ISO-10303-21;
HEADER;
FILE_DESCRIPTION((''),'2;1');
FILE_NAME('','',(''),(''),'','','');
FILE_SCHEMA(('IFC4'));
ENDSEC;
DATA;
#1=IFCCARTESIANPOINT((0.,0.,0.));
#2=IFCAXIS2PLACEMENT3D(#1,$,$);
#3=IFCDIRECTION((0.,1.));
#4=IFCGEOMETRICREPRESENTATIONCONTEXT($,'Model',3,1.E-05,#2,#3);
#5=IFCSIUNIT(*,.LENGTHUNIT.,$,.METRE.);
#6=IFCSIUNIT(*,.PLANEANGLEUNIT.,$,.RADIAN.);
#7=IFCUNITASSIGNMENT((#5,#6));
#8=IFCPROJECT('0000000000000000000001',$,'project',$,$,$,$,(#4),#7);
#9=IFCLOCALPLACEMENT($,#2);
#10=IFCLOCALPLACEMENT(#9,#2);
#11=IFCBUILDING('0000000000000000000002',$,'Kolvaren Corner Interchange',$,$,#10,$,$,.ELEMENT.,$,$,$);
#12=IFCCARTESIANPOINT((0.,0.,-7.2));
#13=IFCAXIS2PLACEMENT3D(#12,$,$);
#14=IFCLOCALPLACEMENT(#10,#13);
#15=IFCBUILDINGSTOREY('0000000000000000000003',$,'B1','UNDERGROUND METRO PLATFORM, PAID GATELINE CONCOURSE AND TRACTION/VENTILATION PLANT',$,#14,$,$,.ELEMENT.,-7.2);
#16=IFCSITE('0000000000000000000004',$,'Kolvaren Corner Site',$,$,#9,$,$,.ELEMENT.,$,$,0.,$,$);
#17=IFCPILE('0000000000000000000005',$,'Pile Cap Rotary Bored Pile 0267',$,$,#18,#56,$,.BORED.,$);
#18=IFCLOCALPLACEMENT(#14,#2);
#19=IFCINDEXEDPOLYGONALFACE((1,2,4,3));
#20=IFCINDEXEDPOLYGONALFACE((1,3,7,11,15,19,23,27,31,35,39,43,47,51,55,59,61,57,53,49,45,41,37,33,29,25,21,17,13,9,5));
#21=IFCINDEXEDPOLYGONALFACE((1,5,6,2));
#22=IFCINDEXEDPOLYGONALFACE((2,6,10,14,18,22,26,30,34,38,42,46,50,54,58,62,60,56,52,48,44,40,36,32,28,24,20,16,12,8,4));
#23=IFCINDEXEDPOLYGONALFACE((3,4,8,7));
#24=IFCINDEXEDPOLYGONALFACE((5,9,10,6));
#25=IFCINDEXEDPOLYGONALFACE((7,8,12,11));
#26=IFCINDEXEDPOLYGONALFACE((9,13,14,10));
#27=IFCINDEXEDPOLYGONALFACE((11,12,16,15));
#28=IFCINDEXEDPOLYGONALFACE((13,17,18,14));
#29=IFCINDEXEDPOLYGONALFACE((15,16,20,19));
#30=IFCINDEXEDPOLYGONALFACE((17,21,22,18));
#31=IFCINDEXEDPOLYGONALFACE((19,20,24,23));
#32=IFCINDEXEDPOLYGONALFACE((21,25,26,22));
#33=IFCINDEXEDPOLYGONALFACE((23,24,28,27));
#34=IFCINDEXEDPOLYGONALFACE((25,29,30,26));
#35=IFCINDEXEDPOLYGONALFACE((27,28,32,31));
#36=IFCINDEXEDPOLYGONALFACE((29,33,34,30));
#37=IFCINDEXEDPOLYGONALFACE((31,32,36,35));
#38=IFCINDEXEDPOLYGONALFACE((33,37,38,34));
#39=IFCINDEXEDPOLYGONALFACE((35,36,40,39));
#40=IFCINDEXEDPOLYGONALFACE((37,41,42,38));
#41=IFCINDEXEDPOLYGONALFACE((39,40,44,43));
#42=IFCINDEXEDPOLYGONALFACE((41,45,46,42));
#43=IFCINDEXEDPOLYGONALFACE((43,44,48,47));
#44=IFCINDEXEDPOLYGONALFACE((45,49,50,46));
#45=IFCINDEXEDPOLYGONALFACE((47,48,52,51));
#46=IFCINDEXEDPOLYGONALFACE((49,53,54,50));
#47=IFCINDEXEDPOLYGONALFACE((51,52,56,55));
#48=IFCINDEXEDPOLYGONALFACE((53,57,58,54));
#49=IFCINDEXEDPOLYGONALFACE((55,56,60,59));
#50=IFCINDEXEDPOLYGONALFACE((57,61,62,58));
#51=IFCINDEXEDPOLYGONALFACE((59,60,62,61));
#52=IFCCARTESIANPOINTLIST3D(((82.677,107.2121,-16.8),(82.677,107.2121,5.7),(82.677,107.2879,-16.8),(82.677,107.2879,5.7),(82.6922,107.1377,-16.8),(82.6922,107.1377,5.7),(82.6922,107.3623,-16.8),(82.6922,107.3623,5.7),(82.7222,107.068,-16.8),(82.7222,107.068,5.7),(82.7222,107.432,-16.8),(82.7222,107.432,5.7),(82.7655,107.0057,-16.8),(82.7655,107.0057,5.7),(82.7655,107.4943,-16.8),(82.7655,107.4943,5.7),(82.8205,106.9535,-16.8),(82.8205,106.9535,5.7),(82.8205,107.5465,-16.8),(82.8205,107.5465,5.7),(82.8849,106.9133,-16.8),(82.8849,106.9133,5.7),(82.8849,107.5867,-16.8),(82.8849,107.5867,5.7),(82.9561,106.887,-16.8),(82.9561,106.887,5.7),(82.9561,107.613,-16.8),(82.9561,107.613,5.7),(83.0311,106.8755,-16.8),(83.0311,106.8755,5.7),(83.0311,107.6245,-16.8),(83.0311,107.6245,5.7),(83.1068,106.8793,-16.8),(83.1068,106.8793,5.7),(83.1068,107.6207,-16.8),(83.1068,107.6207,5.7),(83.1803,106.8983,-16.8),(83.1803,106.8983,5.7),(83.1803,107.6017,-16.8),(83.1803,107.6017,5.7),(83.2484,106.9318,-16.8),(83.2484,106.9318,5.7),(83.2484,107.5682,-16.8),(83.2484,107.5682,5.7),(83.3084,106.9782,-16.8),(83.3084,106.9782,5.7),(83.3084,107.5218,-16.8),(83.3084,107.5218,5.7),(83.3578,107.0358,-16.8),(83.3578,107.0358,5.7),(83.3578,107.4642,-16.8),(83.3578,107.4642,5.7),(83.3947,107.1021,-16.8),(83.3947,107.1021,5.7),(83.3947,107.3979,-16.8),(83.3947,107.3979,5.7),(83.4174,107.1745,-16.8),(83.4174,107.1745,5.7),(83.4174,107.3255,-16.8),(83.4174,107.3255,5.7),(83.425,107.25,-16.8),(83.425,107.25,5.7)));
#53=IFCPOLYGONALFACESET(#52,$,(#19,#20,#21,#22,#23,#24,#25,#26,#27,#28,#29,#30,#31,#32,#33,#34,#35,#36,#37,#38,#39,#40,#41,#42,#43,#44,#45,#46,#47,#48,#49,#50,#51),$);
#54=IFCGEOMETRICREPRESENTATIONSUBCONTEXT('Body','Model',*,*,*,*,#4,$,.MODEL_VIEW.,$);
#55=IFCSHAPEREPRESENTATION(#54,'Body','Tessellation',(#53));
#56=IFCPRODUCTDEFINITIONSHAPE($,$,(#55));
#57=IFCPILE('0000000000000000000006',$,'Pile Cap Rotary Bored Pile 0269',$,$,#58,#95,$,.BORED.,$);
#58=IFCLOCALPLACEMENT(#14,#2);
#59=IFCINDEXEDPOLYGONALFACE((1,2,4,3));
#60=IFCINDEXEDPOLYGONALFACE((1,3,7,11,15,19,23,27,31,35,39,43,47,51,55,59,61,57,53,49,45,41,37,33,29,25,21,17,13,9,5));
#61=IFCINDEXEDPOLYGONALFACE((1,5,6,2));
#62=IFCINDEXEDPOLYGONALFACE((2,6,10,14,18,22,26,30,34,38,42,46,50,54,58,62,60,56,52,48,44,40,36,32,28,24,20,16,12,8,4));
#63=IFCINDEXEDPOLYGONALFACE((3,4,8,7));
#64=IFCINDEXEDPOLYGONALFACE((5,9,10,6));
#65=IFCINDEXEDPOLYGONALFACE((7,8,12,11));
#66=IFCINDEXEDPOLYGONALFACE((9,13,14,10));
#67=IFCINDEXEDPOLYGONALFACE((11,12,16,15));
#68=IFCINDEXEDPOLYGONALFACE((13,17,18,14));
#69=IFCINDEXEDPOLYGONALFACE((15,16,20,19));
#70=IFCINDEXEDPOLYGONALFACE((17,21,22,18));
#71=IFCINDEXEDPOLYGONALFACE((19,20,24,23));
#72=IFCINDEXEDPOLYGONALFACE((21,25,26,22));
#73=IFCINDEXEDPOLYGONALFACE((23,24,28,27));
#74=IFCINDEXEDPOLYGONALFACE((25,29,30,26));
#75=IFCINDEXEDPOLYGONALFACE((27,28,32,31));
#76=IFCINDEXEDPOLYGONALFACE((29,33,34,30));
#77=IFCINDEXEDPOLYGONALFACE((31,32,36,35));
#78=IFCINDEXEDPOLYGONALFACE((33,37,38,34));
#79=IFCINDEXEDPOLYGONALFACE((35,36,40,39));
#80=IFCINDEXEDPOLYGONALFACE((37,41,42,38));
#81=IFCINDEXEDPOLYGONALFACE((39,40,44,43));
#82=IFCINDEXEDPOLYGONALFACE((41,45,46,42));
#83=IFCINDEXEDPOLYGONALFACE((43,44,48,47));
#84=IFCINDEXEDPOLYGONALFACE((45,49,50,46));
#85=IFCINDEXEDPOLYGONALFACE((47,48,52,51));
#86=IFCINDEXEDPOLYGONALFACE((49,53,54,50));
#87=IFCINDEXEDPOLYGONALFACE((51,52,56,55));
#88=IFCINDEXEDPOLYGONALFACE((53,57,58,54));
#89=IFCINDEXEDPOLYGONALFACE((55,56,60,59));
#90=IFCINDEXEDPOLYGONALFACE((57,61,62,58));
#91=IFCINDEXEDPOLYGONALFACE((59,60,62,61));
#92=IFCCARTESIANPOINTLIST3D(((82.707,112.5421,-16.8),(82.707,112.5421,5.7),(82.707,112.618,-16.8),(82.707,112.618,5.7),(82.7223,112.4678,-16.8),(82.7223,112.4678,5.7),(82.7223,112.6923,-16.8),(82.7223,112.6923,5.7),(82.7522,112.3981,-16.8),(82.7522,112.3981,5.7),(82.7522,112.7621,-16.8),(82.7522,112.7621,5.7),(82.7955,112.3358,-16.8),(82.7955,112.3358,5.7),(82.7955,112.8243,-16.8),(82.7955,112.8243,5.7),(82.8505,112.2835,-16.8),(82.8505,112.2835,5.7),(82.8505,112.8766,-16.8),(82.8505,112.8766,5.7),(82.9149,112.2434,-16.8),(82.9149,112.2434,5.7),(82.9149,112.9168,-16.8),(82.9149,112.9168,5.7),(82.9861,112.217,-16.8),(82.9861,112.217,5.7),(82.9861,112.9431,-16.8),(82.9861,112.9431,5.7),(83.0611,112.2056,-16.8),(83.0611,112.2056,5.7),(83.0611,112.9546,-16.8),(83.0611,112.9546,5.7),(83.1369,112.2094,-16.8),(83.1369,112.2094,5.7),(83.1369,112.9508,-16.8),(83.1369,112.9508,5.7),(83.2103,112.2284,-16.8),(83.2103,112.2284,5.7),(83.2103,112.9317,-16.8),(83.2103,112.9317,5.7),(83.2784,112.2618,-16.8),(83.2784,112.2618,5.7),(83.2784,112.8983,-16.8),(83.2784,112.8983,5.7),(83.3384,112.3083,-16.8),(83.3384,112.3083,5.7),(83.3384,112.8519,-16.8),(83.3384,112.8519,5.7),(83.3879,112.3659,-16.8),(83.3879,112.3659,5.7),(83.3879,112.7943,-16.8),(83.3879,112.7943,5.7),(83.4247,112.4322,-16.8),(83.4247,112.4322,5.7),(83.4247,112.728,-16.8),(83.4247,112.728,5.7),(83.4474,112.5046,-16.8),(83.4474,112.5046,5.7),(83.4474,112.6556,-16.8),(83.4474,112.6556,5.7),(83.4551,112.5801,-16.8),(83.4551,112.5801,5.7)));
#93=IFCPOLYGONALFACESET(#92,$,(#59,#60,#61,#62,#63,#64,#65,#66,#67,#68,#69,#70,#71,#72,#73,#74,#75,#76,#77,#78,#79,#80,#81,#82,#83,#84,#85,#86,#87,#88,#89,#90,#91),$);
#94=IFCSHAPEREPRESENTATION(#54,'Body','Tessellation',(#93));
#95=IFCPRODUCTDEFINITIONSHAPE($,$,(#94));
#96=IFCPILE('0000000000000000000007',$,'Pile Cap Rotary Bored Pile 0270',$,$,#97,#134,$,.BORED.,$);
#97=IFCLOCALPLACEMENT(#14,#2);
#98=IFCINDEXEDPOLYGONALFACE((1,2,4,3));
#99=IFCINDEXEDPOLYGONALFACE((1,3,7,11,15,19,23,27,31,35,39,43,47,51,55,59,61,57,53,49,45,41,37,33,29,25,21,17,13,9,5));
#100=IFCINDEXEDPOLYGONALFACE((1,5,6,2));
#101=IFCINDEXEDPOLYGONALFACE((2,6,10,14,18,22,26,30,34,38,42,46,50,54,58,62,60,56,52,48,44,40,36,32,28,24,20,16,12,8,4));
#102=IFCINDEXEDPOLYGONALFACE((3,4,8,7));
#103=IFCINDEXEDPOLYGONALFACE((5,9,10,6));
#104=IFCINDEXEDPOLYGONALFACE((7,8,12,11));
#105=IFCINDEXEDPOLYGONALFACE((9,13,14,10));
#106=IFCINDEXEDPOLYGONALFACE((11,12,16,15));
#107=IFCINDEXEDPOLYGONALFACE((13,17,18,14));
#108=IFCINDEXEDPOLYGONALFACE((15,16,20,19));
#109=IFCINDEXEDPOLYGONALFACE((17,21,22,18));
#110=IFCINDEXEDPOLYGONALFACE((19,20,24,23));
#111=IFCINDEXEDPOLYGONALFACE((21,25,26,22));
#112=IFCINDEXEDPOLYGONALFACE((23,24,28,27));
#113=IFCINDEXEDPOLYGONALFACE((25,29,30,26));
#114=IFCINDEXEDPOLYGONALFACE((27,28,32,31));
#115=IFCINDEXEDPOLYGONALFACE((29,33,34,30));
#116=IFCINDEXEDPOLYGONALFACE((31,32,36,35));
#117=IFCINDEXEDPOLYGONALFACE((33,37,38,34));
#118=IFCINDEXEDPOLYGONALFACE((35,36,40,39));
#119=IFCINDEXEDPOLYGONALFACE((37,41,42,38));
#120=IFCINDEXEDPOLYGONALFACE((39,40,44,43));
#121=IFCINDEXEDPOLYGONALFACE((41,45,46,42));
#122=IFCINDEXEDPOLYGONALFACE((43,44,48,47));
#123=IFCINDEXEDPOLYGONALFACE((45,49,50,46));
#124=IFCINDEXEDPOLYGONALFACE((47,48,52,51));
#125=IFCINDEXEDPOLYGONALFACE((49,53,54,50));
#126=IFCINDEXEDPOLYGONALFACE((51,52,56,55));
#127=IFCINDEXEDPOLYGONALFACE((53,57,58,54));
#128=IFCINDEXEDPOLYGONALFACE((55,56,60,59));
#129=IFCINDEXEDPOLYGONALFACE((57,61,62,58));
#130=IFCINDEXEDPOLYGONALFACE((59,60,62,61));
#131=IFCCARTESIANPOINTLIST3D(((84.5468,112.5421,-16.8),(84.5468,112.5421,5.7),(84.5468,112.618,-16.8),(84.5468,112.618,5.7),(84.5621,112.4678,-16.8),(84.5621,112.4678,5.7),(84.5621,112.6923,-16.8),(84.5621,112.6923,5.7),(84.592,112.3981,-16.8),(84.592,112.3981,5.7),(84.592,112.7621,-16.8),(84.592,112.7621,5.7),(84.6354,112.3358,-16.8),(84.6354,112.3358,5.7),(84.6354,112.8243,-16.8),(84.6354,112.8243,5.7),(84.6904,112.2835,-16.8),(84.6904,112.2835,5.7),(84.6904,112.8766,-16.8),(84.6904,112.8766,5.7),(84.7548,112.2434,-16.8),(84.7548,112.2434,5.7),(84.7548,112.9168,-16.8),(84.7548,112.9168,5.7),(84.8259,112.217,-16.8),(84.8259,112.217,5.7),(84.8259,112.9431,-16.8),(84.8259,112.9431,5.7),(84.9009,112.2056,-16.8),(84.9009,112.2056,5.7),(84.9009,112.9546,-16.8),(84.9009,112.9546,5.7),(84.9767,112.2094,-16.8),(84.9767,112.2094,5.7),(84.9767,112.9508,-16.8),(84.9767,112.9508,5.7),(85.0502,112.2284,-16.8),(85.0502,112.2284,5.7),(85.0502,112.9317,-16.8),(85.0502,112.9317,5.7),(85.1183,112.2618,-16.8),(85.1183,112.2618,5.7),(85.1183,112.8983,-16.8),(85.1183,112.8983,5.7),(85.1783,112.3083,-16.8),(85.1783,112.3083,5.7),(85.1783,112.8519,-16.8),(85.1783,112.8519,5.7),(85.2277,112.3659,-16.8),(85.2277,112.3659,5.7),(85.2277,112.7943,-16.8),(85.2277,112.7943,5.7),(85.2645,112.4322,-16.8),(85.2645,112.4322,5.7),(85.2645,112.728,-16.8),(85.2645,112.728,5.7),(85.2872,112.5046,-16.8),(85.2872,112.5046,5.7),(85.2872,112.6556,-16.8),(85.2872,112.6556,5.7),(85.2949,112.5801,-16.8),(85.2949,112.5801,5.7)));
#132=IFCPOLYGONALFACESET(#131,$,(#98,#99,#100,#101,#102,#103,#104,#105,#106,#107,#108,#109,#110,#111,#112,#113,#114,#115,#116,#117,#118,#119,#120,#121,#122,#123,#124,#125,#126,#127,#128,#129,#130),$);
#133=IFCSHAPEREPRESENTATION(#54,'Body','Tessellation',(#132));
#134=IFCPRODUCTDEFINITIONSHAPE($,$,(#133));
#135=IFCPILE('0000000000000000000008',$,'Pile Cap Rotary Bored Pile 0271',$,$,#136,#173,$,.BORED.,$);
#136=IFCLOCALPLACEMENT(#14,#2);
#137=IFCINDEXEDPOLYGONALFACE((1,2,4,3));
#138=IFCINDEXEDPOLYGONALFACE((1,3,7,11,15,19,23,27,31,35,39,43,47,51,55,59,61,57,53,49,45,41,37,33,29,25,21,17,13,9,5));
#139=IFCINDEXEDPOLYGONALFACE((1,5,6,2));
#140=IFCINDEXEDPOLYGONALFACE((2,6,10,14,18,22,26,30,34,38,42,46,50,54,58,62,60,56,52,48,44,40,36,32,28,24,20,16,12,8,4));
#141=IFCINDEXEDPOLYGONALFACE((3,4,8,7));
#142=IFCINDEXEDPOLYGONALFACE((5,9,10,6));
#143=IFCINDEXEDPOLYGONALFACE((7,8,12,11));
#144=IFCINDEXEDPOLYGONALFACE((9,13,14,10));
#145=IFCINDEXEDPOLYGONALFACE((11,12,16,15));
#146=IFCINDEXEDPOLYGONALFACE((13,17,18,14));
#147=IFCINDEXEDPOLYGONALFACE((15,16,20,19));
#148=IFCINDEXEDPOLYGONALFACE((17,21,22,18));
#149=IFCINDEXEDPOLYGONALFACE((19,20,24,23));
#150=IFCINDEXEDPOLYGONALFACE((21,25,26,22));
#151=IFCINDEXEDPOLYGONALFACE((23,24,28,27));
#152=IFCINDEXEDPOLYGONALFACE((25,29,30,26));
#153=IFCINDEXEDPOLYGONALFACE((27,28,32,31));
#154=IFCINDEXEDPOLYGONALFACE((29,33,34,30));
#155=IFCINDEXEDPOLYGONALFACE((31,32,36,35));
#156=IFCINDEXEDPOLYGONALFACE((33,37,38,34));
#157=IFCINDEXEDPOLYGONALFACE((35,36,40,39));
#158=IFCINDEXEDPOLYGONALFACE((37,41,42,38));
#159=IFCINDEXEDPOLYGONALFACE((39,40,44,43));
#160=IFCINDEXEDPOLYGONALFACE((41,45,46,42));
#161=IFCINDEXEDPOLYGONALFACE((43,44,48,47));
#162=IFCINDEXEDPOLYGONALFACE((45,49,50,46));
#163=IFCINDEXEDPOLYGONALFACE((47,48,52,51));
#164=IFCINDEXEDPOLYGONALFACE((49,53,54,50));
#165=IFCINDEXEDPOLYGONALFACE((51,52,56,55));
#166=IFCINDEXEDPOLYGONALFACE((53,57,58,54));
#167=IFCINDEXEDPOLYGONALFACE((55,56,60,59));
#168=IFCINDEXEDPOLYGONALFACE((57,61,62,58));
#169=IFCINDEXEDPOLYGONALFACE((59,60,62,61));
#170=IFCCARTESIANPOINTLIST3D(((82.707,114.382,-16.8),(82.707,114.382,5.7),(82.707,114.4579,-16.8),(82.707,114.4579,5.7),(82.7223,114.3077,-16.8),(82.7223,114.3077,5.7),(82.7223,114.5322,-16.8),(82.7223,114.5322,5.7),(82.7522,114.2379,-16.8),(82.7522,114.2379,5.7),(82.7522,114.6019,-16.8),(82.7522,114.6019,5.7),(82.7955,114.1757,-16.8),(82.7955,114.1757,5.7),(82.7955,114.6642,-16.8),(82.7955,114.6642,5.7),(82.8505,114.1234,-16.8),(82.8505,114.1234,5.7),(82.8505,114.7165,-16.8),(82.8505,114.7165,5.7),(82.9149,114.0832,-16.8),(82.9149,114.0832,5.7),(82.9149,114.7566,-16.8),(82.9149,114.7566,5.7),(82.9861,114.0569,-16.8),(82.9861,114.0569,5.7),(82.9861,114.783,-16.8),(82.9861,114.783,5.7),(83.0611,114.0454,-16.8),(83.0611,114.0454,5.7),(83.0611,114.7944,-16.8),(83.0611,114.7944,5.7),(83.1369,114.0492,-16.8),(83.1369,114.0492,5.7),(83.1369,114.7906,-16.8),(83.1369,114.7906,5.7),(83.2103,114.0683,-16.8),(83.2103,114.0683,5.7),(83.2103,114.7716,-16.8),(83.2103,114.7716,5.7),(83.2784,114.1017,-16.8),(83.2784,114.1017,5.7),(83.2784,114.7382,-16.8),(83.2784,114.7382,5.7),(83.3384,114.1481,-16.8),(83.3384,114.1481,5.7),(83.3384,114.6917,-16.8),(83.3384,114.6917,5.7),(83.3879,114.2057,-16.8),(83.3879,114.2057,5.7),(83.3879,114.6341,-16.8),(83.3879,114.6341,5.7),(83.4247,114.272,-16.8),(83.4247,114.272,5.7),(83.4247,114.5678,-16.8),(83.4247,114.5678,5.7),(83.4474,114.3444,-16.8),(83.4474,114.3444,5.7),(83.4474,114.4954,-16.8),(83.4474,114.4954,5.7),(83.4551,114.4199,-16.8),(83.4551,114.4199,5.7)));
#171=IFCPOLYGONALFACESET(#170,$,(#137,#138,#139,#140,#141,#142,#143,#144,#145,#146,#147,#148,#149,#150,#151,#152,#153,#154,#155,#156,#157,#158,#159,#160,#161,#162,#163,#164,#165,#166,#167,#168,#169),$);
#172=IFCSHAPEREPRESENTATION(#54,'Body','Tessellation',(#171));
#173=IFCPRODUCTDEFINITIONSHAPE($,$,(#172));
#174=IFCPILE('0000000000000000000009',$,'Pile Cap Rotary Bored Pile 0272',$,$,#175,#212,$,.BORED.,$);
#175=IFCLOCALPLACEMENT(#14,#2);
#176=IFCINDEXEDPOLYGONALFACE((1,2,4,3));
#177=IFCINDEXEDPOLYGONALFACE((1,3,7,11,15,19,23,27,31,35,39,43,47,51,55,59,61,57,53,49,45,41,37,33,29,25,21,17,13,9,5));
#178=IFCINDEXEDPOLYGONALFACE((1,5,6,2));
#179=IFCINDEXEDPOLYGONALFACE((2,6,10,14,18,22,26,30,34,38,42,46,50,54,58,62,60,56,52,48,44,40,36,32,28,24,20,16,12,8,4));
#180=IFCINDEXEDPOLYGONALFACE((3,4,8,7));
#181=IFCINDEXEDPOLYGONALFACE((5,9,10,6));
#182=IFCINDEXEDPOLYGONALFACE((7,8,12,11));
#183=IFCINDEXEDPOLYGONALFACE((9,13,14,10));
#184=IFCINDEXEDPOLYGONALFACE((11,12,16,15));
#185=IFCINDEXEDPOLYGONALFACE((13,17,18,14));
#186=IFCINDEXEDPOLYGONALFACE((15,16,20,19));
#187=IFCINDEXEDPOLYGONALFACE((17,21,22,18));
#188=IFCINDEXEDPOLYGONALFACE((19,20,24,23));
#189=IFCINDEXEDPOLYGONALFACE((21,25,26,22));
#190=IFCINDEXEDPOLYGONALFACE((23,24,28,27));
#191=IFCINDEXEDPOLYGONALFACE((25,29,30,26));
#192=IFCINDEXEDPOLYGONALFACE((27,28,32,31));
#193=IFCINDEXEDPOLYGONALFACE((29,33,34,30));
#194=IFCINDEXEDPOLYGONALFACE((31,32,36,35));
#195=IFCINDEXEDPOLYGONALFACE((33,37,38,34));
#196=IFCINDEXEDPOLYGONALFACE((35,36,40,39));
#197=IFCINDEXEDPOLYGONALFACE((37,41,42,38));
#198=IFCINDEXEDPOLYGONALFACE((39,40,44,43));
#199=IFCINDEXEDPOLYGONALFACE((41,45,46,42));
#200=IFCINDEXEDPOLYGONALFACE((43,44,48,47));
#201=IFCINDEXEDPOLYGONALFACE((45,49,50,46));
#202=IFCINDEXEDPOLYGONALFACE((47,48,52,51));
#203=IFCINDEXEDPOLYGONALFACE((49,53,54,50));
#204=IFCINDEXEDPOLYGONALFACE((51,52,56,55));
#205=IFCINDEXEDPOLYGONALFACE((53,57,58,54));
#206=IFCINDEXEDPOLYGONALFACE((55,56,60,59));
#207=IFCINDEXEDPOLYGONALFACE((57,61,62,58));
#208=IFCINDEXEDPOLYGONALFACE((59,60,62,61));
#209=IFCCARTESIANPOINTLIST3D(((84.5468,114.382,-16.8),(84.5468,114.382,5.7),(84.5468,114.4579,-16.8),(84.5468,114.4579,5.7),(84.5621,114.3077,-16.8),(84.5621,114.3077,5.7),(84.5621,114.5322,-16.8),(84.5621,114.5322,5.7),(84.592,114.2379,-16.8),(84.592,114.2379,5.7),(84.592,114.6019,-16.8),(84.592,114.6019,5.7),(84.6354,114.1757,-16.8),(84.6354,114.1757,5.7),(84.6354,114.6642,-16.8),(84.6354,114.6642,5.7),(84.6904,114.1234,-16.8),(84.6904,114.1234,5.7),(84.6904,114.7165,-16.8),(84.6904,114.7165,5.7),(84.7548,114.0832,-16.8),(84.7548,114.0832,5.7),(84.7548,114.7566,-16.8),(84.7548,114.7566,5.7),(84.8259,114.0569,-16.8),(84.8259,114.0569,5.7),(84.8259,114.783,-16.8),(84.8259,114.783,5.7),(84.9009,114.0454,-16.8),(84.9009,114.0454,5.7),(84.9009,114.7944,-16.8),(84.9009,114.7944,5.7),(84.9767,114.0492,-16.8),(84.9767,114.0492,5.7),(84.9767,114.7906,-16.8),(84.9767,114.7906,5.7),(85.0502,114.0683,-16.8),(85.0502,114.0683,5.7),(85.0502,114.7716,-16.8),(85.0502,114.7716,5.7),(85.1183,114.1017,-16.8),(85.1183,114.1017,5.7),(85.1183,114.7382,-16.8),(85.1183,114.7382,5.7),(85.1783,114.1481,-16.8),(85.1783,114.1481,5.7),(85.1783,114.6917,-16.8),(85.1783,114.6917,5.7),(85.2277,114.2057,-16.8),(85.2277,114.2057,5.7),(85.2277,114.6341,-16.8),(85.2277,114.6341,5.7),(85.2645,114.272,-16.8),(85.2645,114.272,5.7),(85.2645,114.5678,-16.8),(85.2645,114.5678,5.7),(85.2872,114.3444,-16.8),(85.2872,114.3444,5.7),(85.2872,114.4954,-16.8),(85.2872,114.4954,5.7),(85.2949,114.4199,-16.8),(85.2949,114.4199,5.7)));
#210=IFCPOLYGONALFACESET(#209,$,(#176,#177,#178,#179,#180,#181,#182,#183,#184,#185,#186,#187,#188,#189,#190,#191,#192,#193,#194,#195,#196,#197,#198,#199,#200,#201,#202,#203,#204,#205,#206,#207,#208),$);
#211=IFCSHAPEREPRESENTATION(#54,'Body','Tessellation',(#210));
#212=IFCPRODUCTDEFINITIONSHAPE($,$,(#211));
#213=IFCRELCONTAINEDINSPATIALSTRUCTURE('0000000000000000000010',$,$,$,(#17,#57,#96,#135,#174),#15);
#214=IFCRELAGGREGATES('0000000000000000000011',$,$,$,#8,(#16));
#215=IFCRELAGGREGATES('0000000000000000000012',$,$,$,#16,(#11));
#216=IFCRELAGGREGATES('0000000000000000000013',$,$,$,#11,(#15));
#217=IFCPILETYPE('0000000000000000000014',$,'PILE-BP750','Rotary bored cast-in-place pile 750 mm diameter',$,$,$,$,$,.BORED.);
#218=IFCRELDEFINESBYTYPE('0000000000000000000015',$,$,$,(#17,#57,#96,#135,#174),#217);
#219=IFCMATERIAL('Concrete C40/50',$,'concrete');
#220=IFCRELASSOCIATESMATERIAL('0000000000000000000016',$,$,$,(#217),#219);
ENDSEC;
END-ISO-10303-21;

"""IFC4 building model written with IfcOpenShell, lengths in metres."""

from ifc_helpers import new_model, si_unit, direction, frame, origin, origin_2d, place, context, subcontext, project, spatial, circle, extrude, material, material_profile, profile_set, type_object, element, save


model = new_model("IFC4")

# Units and contexts
model_context = context("Model", 3, precision=1e-05, world=origin(), true_north=direction((0.0, 1.0)))
body_context = subcontext(model_context, "Body", "Model", "MODEL_VIEW")
ifc_project = project(units=[si_unit("LENGTHUNIT", "METRE"), si_unit("PLANEANGLEUNIT", "RADIAN")], contexts=[model_context])

# Site, building, storey
site_placement = place(None, origin())
site = spatial("IfcSite", under=ifc_project, at=site_placement, Name="Kolvaren Corner Site", CompositionType="ELEMENT", RefElevation=0.0)
building_placement = place(site_placement, origin())
building = spatial("IfcBuilding", under=site, at=building_placement, Name="Kolvaren Corner Interchange", CompositionType="ELEMENT")
storey_placement = place(building_placement, frame((0.0, 0.0, -7.2)))
storey = spatial("IfcBuildingStorey", under=building, at=storey_placement, Name="B1", Description="UNDERGROUND METRO PLATFORM, PAID GATELINE CONCOURSE AND TRACTION/VENTILATION PLANT", CompositionType="ELEMENT", Elevation=-7.2)

# Piles
ifc_material_1 = material(Name="Concrete C40/50", Category="concrete")
ifc_material_profile = material_profile(ifc_material_1, circle(Radius=0.375, at=origin_2d()), Name="BORED PILE 750")
ifc_profile_set = profile_set([ifc_material_profile], Name="Concrete C40/50")
pile_type = type_object("IfcPileType", Name="PILE-BP750", Description="Rotary bored cast-in-place pile 750 mm diameter", PredefinedType="BORED", material=ifc_profile_set)
for number, where, z_axis, x_axis, name in (
    (1, (83.05, 107.25, 5.7), (0.0, 0.0, -1.0), (1.0, 0.0, 0.0), "Pile Cap Rotary Bored Pile 0267"),
    (2, (83.0801, 112.5801, 5.7), (0.0, 0.0, -1.0), (1.0, 0.0, 0.0), "Pile Cap Rotary Bored Pile 0269"),
    (3, (84.9199, 112.5801, 5.7), (0.0, 0.0, -1.0), (1.0, 0.0, 0.0), "Pile Cap Rotary Bored Pile 0270"),
    (4, (83.0801, 114.4199, 5.7), (0.0, 0.0, -1.0), (1.0, 0.0, 0.0), "Pile Cap Rotary Bored Pile 0271"),
    (5, (84.9199, 114.4199, 5.7), (0.0, 0.0, -1.0), (1.0, 0.0, 0.0), "Pile Cap Rotary Bored Pile 0272"),
):
    element("IfcPile", number, at=place(storey_placement, frame(where, z_axis=z_axis, x_axis=x_axis)), inside=storey, type_object=pile_type, Name=name, PredefinedType="BORED", context=body_context, shape_type="SweptSolid", body=[
        extrude(circle(Radius=0.375, at=origin_2d()), origin(), (0.0, 0.0, 1.0), 22.5),
    ])

save(model, "model.ifc")
